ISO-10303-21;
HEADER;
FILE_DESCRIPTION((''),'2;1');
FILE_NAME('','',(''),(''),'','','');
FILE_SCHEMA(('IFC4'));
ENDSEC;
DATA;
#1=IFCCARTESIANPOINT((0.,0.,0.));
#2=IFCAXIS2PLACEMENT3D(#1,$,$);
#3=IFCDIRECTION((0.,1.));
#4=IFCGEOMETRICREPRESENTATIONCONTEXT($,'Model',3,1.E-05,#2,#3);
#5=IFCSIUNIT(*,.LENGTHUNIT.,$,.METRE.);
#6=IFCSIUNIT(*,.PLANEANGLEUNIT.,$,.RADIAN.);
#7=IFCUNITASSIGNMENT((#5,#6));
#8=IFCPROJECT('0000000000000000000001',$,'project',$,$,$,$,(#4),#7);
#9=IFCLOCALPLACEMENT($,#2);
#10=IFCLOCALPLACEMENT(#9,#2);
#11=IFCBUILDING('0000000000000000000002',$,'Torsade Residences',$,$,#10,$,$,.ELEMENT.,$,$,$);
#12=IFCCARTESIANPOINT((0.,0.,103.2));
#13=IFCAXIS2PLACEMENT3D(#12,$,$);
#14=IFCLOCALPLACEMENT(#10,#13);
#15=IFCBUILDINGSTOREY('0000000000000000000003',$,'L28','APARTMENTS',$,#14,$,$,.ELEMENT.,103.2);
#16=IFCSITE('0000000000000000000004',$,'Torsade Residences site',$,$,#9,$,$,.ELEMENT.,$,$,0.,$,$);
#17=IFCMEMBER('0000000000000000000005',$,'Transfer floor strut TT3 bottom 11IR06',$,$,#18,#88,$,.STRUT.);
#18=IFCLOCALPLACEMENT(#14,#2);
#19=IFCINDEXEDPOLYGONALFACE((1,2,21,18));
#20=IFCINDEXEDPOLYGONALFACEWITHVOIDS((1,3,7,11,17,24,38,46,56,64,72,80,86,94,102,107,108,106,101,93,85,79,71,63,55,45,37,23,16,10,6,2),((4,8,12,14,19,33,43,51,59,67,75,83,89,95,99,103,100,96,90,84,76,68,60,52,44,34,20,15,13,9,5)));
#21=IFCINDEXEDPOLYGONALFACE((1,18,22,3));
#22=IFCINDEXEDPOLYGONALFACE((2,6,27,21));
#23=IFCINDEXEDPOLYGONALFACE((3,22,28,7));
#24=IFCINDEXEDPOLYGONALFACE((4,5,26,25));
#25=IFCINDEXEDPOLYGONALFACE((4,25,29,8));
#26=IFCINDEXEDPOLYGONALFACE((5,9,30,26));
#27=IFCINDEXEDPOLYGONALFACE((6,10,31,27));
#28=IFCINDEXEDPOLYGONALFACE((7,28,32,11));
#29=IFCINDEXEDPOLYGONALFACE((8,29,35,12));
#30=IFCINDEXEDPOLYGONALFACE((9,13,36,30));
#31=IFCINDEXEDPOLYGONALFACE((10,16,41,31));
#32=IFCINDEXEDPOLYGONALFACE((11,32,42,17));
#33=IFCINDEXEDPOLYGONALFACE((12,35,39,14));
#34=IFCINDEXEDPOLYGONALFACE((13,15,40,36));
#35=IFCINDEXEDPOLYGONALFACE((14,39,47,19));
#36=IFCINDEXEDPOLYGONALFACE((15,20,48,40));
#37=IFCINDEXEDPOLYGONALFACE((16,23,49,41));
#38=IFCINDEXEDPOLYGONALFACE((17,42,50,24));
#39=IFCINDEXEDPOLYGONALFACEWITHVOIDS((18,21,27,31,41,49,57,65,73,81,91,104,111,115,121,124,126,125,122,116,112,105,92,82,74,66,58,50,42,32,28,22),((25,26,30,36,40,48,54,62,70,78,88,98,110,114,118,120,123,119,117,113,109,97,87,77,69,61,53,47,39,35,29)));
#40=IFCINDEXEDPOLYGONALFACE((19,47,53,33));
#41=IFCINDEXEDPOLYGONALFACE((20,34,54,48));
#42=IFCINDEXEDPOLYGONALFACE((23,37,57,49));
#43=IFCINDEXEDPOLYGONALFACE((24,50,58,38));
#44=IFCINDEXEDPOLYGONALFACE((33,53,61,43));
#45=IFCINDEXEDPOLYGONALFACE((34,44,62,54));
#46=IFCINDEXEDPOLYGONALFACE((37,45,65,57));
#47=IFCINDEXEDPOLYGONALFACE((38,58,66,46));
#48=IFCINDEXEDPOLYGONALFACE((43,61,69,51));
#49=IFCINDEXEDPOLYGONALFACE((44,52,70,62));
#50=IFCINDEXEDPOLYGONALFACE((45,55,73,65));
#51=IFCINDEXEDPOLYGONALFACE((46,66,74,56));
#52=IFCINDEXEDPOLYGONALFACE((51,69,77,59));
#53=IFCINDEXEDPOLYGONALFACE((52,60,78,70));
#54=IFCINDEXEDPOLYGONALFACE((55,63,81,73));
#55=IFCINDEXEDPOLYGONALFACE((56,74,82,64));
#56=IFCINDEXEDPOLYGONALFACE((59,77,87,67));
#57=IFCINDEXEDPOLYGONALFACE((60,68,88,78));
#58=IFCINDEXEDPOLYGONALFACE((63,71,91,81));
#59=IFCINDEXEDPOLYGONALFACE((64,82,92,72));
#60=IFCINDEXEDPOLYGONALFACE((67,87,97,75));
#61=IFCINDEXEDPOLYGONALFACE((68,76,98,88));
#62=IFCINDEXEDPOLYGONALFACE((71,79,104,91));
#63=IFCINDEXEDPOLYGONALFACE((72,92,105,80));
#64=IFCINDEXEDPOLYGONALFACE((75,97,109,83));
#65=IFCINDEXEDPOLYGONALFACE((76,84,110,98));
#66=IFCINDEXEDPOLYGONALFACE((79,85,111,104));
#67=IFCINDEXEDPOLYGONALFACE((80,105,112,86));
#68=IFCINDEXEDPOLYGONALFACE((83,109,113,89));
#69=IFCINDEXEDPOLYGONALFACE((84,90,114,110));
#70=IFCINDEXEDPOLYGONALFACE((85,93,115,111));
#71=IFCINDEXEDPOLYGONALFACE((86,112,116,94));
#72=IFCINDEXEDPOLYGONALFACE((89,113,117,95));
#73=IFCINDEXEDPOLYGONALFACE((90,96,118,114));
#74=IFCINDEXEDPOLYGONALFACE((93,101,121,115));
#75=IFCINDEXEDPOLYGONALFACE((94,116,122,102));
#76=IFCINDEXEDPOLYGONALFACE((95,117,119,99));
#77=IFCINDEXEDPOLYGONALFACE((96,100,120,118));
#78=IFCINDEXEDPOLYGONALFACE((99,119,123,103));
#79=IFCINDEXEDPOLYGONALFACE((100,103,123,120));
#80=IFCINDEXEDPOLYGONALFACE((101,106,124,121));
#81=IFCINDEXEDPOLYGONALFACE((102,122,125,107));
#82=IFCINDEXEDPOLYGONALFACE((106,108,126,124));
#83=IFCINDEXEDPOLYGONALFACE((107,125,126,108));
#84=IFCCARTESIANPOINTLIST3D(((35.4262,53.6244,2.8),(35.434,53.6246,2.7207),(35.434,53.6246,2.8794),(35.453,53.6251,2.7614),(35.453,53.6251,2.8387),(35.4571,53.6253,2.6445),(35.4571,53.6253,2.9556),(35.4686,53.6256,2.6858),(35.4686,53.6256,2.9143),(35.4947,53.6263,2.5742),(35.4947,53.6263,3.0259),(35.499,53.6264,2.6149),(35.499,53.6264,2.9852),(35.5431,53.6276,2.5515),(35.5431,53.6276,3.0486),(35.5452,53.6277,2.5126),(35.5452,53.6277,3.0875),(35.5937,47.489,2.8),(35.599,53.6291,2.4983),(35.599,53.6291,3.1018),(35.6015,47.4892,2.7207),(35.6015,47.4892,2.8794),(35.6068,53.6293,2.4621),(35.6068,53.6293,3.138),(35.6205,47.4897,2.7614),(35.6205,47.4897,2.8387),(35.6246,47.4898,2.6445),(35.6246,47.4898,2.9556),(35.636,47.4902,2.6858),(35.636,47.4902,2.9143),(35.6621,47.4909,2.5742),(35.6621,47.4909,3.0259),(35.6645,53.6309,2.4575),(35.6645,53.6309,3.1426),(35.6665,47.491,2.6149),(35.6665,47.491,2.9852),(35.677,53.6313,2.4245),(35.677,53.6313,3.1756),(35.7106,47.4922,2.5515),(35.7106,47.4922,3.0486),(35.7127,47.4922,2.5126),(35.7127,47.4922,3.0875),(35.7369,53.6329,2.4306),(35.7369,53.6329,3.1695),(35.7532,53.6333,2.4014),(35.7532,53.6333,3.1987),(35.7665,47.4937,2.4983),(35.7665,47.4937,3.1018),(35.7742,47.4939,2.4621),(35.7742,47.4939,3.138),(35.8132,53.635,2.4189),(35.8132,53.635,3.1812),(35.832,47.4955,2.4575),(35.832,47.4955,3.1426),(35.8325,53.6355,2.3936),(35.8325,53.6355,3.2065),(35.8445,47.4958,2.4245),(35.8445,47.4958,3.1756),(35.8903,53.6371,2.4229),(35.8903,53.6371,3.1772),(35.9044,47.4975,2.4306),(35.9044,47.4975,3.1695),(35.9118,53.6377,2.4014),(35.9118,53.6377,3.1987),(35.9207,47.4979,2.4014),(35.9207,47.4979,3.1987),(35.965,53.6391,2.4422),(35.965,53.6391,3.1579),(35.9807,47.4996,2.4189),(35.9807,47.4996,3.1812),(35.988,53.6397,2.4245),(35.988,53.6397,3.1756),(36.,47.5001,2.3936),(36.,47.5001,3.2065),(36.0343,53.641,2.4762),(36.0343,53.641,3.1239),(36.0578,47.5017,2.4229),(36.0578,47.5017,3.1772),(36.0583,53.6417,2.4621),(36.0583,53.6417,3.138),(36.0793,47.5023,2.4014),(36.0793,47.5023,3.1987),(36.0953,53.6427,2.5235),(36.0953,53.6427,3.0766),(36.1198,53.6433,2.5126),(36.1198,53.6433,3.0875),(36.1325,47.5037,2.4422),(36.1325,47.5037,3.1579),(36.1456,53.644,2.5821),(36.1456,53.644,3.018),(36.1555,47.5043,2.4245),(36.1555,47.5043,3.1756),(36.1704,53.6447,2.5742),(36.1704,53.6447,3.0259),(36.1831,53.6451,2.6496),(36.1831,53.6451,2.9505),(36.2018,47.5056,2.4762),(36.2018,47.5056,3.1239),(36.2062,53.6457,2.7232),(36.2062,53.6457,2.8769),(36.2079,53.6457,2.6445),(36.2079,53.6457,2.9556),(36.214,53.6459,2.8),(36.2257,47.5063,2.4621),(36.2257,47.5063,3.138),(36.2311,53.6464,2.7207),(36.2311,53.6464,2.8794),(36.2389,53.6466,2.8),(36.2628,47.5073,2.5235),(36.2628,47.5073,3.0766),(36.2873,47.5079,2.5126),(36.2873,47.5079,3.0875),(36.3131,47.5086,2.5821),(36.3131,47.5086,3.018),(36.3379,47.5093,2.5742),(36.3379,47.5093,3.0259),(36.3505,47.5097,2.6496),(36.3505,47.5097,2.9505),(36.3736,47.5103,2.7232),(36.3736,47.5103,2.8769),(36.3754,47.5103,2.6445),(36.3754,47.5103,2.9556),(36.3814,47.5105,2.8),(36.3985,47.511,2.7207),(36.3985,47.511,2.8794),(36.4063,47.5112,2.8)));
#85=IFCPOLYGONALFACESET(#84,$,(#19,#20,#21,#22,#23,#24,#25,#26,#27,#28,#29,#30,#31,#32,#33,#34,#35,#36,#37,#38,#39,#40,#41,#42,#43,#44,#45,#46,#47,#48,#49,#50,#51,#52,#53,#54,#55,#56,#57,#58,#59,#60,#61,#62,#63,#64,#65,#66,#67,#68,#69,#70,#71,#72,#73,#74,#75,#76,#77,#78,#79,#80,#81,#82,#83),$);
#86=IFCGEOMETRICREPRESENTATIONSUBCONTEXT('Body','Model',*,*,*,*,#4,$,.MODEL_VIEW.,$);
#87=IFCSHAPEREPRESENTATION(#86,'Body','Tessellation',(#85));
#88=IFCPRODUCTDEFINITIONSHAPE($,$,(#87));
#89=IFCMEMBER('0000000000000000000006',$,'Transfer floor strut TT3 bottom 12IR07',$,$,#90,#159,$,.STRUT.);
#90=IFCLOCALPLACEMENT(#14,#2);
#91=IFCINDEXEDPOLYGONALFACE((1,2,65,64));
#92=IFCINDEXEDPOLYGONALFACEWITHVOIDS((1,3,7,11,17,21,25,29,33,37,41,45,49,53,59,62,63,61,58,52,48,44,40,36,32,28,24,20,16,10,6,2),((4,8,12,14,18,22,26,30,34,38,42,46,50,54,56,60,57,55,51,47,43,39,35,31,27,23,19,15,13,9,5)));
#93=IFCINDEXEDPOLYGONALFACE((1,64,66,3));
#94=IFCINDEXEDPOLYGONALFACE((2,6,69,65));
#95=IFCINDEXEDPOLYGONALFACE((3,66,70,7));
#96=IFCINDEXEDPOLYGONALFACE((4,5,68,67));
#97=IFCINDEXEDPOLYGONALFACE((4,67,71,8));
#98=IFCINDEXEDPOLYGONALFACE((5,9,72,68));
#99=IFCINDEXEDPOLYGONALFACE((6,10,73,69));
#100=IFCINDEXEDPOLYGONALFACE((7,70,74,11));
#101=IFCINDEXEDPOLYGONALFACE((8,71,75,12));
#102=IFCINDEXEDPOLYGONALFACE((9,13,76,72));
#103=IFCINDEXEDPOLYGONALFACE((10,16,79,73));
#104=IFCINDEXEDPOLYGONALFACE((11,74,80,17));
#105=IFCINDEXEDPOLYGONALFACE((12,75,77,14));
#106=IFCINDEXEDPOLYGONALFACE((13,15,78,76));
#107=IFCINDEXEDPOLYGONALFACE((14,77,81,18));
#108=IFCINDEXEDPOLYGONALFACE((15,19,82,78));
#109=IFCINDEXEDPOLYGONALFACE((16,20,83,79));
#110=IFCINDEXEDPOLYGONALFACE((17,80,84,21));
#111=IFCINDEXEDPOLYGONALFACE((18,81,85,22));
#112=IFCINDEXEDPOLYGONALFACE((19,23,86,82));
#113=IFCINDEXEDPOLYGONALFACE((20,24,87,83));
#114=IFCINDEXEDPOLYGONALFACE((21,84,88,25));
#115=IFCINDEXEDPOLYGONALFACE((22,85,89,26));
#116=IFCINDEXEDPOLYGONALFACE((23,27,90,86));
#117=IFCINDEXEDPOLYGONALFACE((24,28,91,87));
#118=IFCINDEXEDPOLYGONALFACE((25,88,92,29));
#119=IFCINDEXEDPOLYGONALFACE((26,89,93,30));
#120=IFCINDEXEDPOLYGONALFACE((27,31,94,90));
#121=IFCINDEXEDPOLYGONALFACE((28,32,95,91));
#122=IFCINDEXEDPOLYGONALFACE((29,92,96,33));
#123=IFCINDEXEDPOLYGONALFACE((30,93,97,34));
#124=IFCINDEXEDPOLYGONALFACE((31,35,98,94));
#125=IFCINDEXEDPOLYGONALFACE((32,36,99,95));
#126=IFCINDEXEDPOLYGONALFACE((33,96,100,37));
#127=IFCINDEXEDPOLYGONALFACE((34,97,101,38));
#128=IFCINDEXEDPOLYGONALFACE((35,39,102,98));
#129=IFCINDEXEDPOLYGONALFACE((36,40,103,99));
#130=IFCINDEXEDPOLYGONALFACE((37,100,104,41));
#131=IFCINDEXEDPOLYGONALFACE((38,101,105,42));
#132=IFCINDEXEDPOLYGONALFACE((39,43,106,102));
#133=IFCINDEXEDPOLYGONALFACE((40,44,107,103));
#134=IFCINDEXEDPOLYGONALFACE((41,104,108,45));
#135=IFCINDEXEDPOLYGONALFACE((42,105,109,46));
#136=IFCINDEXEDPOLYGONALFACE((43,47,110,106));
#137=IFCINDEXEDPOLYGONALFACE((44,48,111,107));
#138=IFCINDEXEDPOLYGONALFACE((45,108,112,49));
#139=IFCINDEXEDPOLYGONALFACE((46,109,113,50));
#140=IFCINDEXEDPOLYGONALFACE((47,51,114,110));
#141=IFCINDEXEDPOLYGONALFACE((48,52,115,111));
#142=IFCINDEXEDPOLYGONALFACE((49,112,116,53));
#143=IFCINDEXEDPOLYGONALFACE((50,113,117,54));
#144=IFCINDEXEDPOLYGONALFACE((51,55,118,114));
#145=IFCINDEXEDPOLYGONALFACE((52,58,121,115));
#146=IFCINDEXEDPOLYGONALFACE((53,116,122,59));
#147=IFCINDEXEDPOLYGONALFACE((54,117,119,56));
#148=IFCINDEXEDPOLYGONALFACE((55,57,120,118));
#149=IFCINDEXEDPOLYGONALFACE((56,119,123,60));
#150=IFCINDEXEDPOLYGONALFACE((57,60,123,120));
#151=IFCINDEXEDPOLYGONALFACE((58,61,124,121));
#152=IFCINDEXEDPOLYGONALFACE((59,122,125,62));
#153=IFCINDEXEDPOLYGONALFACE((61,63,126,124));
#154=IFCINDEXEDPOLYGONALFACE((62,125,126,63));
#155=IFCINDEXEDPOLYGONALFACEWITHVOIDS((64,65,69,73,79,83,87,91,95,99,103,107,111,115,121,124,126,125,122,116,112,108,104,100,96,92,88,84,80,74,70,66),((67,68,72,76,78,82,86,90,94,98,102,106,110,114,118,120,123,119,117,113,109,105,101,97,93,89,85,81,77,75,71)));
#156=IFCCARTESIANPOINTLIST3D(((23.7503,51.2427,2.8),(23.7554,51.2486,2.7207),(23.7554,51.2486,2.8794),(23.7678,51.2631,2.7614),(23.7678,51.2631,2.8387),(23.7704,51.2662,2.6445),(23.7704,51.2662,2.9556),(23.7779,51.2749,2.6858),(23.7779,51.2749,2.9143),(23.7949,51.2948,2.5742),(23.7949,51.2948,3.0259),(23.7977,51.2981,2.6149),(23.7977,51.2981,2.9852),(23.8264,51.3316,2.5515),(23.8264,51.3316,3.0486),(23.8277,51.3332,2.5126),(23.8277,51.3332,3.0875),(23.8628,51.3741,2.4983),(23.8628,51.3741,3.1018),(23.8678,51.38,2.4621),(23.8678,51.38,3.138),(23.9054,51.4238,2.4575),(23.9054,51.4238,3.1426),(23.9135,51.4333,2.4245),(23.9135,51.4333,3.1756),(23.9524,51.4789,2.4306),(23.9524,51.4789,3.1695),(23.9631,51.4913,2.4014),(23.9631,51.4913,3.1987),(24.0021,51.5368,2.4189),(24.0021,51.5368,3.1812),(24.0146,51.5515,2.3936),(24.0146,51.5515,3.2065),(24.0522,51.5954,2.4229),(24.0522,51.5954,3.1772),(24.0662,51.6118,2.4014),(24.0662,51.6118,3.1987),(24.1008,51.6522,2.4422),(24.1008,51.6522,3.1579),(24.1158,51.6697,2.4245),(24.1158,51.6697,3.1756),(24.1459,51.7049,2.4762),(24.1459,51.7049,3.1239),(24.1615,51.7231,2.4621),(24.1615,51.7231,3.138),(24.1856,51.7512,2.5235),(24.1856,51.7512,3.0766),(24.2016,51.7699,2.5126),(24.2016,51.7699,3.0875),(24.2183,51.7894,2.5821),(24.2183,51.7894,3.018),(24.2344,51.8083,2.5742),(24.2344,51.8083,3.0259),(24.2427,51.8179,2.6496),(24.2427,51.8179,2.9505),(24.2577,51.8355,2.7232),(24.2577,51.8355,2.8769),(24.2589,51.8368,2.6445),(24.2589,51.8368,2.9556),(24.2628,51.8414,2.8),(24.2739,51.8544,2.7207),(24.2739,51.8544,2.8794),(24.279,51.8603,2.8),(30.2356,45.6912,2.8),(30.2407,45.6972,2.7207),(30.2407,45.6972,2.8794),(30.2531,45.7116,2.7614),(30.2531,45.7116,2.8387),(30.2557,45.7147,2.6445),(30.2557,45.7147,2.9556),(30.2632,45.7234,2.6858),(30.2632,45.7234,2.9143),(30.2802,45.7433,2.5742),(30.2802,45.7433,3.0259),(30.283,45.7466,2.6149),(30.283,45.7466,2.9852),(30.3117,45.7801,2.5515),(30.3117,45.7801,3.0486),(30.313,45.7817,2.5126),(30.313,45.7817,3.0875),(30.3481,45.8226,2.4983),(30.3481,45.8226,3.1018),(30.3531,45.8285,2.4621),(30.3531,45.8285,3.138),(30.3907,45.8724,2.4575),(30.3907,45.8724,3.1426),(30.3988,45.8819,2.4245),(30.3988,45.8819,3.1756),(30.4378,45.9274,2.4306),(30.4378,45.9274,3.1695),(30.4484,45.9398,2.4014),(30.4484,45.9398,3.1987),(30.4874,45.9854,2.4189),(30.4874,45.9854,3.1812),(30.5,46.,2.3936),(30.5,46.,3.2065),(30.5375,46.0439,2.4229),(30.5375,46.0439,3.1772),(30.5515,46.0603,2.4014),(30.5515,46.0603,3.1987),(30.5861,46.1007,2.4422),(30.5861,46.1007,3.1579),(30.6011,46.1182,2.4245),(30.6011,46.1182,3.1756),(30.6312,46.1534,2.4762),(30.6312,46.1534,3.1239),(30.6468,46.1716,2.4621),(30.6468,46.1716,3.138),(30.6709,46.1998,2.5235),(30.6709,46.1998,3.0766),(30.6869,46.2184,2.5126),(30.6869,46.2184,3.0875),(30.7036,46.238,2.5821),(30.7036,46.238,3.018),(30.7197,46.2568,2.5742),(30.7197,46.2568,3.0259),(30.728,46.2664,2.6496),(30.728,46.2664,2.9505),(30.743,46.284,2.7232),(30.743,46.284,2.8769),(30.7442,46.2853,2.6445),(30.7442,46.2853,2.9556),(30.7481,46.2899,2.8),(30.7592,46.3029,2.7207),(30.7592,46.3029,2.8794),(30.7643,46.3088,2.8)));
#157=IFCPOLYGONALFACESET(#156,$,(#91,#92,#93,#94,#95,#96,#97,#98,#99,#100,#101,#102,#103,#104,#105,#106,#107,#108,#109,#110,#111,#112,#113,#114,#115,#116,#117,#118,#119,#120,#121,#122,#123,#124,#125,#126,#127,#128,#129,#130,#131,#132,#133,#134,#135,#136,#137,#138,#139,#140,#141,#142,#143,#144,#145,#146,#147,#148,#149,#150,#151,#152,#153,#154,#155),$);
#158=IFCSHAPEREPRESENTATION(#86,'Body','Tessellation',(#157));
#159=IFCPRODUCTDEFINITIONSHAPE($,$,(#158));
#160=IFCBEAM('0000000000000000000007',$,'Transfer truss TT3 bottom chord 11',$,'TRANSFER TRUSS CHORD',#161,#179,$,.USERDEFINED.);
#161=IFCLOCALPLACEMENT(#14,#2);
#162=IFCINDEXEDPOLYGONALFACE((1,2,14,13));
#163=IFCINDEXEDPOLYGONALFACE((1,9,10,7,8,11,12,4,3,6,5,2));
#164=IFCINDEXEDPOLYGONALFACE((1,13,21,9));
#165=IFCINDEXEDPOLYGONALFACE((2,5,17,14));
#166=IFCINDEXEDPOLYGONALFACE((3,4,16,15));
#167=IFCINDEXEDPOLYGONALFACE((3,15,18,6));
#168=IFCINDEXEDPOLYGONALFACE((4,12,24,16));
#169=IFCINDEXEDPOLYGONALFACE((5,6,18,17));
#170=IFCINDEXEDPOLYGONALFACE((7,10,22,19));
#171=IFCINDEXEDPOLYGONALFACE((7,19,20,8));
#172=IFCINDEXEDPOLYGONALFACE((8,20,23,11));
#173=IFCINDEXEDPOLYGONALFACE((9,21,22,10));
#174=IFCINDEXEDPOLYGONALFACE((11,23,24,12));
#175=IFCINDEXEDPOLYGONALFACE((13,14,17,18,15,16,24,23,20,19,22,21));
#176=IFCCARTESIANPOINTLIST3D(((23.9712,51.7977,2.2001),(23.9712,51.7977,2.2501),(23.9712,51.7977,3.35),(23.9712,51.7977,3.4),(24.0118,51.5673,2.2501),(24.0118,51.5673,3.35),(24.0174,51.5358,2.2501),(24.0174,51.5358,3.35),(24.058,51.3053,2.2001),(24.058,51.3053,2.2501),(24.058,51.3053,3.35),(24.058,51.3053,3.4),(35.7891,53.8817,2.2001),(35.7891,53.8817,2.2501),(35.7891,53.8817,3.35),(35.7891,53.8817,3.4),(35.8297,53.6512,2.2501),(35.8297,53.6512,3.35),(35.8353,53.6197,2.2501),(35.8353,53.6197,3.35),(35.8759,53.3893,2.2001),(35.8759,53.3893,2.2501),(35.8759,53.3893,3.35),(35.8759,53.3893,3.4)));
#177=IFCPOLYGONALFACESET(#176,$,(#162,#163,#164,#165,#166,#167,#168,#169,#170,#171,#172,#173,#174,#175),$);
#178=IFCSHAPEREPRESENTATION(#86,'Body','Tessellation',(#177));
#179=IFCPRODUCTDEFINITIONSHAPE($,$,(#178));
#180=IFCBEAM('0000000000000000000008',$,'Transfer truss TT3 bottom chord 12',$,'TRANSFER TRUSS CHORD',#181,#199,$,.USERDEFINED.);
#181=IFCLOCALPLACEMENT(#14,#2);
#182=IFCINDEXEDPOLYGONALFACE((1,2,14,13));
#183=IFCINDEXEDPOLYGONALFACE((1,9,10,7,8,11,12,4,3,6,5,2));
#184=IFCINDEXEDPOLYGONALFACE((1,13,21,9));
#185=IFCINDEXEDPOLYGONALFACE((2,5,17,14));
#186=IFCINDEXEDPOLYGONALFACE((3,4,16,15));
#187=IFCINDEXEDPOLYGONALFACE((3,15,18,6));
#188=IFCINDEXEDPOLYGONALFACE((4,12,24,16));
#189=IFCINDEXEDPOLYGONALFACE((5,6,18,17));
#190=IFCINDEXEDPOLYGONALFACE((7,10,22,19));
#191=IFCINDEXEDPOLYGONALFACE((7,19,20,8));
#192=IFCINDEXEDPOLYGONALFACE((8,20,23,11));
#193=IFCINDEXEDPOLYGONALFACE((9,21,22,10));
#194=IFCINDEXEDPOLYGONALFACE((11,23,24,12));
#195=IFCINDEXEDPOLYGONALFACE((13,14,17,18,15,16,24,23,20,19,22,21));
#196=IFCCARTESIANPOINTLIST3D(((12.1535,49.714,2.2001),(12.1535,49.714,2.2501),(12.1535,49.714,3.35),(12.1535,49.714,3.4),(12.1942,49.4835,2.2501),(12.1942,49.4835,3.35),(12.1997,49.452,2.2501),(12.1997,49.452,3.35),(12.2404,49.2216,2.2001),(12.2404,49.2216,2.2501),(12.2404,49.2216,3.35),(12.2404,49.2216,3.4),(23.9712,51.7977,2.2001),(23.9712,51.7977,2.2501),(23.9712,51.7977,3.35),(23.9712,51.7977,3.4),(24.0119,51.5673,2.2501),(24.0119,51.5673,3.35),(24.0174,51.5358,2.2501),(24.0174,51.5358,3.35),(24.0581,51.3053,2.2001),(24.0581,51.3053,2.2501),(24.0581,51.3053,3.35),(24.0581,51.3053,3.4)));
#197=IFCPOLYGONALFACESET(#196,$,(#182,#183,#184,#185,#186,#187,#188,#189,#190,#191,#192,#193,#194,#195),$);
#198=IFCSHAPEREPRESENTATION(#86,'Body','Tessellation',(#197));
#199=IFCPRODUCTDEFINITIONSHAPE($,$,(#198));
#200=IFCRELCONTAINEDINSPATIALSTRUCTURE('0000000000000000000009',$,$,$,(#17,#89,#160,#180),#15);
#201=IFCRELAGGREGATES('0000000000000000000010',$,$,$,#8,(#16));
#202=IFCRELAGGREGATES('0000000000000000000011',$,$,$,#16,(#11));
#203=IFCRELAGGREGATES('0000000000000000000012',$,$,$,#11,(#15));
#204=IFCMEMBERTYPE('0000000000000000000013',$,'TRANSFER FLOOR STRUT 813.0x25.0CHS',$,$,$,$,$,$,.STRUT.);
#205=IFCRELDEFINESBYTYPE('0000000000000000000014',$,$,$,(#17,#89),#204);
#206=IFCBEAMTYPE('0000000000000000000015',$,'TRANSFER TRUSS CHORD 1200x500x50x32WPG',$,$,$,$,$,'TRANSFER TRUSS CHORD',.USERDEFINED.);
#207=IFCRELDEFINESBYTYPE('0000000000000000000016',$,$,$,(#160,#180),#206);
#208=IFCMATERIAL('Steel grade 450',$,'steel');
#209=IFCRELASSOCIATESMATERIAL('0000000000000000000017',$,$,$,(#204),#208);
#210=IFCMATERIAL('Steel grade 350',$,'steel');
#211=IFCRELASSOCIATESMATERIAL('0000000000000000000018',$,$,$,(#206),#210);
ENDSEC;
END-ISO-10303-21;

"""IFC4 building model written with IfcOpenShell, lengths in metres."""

from ifc_helpers import new_model, si_unit, direction, frame, origin, origin_2d, place, context, subcontext, project, spatial, hollow_circle, i_section, extrude, material, material_profile, profile_set, type_object, element, save


model = new_model("IFC4")

# Units and contexts
model_context = context("Model", 3, precision=1e-05, world=origin(), true_north=direction((0.0, 1.0)))
body_context = subcontext(model_context, "Body", "Model", "MODEL_VIEW")
ifc_project = project(units=[si_unit("LENGTHUNIT", "METRE"), si_unit("PLANEANGLEUNIT", "RADIAN")], contexts=[model_context])

# Site, building, storey
site_placement = place(None, origin())
site = spatial("IfcSite", under=ifc_project, at=site_placement, Name="Torsade Residences site", CompositionType="ELEMENT", RefElevation=0.0)
building_placement = place(site_placement, origin())
building = spatial("IfcBuilding", under=site, at=building_placement, Name="Torsade Residences", CompositionType="ELEMENT")
storey_placement = place(building_placement, frame((0.0, 0.0, 103.2)))
storey = spatial("IfcBuildingStorey", under=building, at=storey_placement, Name="L28", Description="APARTMENTS", CompositionType="ELEMENT", Elevation=103.2)

# Members
ifc_material_1 = material(Name="Steel grade 450", Category="steel")
ifc_material_profile_1 = material_profile(ifc_material_1, hollow_circle(Radius=0.4065, WallThickness=0.0249, at=origin_2d()), Name="813.0x25.0CHS")
ifc_profile_set_1 = profile_set([ifc_material_profile_1], Name="Steel grade 450")
member_type_1 = type_object("IfcMemberType", Name="TRANSFER FLOOR STRUT 813.0x25.0CHS", PredefinedType="STRUT", material=ifc_profile_set_1)
member_1_placement = place(storey_placement, frame((35.8325, 53.6355, 2.8), z_axis=(0.027287, -0.999628, 0.0), x_axis=(0.999628, 0.027287, 0.0)))
element("IfcMember", 1, at=member_1_placement, inside=storey, type_object=member_type_1, Name="Transfer floor strut TT3 bottom 11IR06", PredefinedType="STRUT", context=body_context, shape_type="SweptSolid", body=[
    extrude(hollow_circle(Radius=0.4065, WallThickness=0.0249, at=origin_2d()), origin(), (0.0, 0.0, 1.0), 6.1377),
])
member_2_placement = place(storey_placement, frame((24.0146, 51.5515, 2.8), z_axis=(0.759682, -0.650294, 0.0), x_axis=(0.650294, 0.759682, 0.0)))
element("IfcMember", 2, at=member_2_placement, inside=storey, type_object=member_type_1, Name="Transfer floor strut TT3 bottom 12IR07", PredefinedType="STRUT", context=body_context, shape_type="SweptSolid", body=[
    extrude(hollow_circle(Radius=0.4065, WallThickness=0.0249, at=origin_2d()), origin(), (0.0, 0.0, 1.0), 8.5369),
])

# Beams
ifc_material_2 = material(Name="Steel grade 350", Category="steel")
ifc_material_profile_2 = material_profile(ifc_material_2, i_section(OverallWidth=0.5, OverallDepth=1.2, WebThickness=0.032, FlangeThickness=0.05, at=origin_2d()), Name="1200x500x50x32WPG")
ifc_profile_set_2 = profile_set([ifc_material_profile_2], Name="Steel grade 350")
beam_type_1 = type_object("IfcBeamType", Name="TRANSFER TRUSS CHORD 1200x500x50x32WPG", ElementType="TRANSFER TRUSS CHORD", PredefinedType="USERDEFINED", material=ifc_profile_set_2)
beam_1_placement = place(storey_placement, frame((35.8325, 53.6355, 2.8), z_axis=(-0.984805, -0.173662, 0.0), x_axis=(0.173662, -0.984805, 0.0)))
element("IfcBeam", 3, at=beam_1_placement, inside=storey, type_object=beam_type_1, Name="Transfer truss TT3 bottom chord 11", ObjectType="TRANSFER TRUSS CHORD", PredefinedType="USERDEFINED", context=body_context, shape_type="SweptSolid", body=[
    extrude(i_section(OverallWidth=0.5, OverallDepth=1.2, WebThickness=0.032, FlangeThickness=0.05, at=origin_2d()), origin(), (0.0, 0.0, 1.0), 12.0002),
])
beam_2_placement = place(storey_placement, frame((24.0146, 51.5515, 2.8), z_axis=(-0.984808, -0.173646, 0.0), x_axis=(0.173646, -0.984808, 0.0)))
element("IfcBeam", 4, at=beam_2_placement, inside=storey, type_object=beam_type_1, Name="Transfer truss TT3 bottom chord 12", ObjectType="TRANSFER TRUSS CHORD", PredefinedType="USERDEFINED", context=body_context, shape_type="SweptSolid", body=[
    extrude(i_section(OverallWidth=0.5, OverallDepth=1.2, WebThickness=0.032, FlangeThickness=0.05, at=origin_2d()), origin(), (0.0, 0.0, 1.0), 12.0),
])

save(model, "model.ifc")
